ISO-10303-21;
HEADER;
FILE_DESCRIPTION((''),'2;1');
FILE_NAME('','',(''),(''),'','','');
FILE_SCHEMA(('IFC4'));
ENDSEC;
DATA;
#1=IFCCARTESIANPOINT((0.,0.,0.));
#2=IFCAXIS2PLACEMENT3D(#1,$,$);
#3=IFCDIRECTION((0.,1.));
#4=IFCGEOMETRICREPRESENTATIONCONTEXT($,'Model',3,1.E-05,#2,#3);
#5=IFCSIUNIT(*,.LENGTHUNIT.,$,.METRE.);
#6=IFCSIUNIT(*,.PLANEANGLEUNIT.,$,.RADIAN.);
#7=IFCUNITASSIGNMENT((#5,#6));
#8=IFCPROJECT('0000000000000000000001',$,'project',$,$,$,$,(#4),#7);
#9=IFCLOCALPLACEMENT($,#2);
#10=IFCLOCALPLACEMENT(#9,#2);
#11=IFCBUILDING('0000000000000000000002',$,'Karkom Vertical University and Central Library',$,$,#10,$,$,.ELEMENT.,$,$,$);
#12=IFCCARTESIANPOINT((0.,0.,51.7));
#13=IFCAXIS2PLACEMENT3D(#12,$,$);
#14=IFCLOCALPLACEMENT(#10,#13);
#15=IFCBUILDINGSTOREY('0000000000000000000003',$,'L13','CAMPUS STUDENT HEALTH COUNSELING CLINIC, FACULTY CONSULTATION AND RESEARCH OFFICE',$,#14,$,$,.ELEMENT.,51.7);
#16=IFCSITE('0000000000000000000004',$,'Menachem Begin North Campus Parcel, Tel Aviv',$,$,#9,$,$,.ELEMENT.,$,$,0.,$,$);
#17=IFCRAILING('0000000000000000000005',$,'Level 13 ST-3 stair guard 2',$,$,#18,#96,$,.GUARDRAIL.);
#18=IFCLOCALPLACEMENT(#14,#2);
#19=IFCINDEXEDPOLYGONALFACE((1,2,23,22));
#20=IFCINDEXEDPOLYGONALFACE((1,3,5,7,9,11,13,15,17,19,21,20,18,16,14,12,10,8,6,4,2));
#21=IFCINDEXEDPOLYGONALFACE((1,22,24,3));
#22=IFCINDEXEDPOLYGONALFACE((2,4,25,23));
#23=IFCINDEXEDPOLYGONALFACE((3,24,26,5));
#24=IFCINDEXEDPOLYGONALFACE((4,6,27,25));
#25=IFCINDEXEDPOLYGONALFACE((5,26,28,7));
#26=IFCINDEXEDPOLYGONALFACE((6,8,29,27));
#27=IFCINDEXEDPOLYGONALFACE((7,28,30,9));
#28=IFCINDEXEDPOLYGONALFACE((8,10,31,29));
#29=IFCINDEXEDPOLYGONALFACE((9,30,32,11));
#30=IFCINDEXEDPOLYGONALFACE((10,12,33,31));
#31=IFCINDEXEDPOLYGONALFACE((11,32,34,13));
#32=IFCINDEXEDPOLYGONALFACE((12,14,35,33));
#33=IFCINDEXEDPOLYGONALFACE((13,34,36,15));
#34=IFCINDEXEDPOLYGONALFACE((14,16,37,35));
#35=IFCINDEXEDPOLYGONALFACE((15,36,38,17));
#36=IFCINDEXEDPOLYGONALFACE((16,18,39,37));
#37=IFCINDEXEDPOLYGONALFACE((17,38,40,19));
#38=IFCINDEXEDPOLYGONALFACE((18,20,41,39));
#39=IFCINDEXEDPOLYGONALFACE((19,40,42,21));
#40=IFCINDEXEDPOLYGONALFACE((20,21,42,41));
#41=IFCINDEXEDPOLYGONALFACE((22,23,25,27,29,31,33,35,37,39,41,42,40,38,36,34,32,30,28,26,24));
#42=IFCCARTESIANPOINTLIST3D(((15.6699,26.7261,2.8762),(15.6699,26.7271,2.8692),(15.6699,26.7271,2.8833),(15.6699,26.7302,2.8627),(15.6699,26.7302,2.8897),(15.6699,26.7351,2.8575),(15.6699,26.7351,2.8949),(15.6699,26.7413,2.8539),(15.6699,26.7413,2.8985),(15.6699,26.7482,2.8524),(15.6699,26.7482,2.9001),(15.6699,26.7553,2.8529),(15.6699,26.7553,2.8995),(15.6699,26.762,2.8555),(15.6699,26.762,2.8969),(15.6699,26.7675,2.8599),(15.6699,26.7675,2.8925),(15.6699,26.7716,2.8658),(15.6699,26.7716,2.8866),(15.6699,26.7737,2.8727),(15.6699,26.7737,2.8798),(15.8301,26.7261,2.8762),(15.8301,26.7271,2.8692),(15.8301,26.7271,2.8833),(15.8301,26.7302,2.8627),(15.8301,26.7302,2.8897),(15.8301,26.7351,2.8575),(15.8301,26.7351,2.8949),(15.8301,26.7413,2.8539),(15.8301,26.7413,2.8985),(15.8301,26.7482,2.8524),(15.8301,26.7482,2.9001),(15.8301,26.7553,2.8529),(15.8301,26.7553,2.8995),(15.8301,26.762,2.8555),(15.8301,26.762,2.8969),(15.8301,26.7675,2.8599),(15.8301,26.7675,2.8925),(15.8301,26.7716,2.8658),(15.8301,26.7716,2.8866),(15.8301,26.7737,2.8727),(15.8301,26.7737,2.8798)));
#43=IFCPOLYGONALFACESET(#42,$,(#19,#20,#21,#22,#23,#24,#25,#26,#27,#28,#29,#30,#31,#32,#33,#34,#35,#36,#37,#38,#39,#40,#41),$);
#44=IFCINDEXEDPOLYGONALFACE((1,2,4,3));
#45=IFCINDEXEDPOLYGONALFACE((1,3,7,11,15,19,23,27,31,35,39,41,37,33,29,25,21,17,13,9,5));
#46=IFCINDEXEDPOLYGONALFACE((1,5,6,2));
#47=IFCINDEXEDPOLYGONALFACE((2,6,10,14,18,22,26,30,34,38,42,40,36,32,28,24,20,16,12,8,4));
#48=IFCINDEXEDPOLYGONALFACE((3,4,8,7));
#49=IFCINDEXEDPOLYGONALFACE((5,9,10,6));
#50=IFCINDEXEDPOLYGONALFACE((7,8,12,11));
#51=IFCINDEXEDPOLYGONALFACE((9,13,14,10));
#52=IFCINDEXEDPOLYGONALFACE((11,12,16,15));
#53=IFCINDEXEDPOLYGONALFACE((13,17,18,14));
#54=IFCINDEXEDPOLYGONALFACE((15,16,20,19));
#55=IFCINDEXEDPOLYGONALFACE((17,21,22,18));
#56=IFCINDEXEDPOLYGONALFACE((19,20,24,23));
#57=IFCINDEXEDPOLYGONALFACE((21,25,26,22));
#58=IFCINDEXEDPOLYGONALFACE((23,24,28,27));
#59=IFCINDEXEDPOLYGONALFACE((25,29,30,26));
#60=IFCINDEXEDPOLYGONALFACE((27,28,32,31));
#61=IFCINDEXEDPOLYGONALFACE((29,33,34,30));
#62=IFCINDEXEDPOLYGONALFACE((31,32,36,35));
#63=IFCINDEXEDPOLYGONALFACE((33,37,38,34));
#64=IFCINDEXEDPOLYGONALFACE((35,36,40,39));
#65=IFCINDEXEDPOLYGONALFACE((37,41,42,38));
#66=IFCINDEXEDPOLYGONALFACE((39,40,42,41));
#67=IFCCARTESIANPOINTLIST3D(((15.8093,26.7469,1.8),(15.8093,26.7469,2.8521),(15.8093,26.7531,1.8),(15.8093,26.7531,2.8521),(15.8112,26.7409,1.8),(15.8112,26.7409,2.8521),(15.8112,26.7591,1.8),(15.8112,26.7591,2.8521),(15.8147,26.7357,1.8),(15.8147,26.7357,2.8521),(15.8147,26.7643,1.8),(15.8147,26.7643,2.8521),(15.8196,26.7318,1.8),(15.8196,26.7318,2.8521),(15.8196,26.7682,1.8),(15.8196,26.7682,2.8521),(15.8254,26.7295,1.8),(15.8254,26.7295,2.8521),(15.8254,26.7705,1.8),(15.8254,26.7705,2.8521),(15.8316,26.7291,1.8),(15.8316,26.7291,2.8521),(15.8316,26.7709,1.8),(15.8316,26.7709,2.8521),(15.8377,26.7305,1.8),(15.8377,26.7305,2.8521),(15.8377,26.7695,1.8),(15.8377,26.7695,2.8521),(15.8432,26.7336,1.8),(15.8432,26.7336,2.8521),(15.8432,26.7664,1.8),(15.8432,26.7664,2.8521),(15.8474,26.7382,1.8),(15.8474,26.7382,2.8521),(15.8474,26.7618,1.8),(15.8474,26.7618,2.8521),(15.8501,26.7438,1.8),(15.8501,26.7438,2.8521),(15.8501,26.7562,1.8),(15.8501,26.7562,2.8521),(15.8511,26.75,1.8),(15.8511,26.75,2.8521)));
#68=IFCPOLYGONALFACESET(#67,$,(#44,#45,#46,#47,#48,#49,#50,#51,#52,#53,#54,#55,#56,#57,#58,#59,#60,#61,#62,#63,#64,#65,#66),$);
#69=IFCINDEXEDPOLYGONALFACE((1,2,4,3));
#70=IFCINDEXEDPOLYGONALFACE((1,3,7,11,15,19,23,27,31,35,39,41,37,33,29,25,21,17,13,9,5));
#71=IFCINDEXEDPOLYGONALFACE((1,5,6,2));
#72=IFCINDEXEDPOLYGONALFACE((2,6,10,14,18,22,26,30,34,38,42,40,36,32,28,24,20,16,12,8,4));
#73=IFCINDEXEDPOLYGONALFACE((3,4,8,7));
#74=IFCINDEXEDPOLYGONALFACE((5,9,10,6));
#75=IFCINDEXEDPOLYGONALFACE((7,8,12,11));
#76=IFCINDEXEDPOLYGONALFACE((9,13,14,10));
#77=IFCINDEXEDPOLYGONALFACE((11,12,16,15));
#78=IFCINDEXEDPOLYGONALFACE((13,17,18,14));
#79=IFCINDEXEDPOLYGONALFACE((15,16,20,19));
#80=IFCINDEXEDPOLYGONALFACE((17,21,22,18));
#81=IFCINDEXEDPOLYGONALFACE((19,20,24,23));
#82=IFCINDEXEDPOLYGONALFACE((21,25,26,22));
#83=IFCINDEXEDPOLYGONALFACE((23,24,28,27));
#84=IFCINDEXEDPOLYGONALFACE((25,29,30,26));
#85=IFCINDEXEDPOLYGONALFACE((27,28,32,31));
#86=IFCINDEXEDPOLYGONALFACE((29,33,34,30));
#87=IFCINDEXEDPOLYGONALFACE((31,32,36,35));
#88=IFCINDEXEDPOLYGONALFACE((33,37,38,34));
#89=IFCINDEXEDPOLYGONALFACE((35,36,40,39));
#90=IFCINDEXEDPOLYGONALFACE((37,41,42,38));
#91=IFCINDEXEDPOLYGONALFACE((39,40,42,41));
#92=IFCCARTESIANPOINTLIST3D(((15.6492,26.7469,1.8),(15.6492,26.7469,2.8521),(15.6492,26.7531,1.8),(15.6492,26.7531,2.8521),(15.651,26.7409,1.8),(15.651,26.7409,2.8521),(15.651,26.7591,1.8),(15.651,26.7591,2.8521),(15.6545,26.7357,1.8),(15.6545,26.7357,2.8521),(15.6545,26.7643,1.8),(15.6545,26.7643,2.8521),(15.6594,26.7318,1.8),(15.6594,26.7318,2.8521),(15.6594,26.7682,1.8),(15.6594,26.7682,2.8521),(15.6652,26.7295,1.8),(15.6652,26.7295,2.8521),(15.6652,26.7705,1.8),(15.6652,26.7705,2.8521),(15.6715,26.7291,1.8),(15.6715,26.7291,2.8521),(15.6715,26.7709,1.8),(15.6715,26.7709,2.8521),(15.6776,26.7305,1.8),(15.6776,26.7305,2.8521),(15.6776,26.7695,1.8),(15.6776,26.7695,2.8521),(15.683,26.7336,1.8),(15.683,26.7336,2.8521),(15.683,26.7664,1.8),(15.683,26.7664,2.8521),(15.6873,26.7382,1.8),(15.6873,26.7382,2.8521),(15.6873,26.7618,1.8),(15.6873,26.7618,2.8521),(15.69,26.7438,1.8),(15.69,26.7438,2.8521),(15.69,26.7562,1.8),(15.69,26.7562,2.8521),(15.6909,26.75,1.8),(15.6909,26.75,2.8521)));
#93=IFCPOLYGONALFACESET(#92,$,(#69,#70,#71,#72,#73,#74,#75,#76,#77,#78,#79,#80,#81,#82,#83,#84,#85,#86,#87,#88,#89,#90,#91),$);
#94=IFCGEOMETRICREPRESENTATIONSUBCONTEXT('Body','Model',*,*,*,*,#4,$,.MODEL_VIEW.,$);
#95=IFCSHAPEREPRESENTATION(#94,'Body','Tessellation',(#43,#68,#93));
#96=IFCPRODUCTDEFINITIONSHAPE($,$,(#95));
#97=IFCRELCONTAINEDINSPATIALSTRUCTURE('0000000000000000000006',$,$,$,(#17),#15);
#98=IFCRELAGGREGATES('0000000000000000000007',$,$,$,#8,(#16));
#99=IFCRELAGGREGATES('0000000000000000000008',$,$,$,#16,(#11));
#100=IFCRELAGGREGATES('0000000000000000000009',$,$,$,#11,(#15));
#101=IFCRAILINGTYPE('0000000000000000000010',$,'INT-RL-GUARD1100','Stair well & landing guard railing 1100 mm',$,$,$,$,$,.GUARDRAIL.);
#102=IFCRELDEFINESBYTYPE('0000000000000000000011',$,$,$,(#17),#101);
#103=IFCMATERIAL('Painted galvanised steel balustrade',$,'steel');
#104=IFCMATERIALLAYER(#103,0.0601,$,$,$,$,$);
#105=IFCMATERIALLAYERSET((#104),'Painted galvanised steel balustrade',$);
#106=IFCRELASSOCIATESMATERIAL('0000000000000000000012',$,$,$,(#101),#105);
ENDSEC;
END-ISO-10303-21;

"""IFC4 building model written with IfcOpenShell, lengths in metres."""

from ifc_helpers import new_model, si_unit, direction, frame, origin, origin_2d, place, context, subcontext, project, spatial, circle, extrude, material, layer, layer_set, type_object, element, save


model = new_model("IFC4")

# Units and contexts
model_context = context("Model", 3, precision=1e-05, world=origin(), true_north=direction((0.0, 1.0)))
body_context = subcontext(model_context, "Body", "Model", "MODEL_VIEW")
ifc_project = project(units=[si_unit("LENGTHUNIT", "METRE"), si_unit("PLANEANGLEUNIT", "RADIAN")], contexts=[model_context])

# Site, building, storey
site_placement = place(None, origin())
site = spatial("IfcSite", under=ifc_project, at=site_placement, Name="Menachem Begin North Campus Parcel, Tel Aviv", CompositionType="ELEMENT", RefElevation=0.0)
building_placement = place(site_placement, origin())
building = spatial("IfcBuilding", under=site, at=building_placement, Name="Karkom Vertical University and Central Library", CompositionType="ELEMENT")
storey_placement = place(building_placement, frame((0.0, 0.0, 51.7)))
storey = spatial("IfcBuildingStorey", under=building, at=storey_placement, Name="L13", Description="CAMPUS STUDENT HEALTH COUNSELING CLINIC, FACULTY CONSULTATION AND RESEARCH OFFICE", CompositionType="ELEMENT", Elevation=51.7)

# Railing
ifc_material_1 = material(Name="Painted galvanised steel balustrade", Category="steel")
ifc_layer_1 = layer(ifc_material_1, 0.0601)
ifc_layer_set_1 = layer_set([ifc_layer_1], Name="Painted galvanised steel balustrade")
railing_type_1 = type_object("IfcRailingType", Name="INT-RL-GUARD1100", Description="Stair well & landing guard railing 1100 mm", PredefinedType="GUARDRAIL", material=ifc_layer_set_1)
railing_1_placement = place(storey_placement, frame((15.8301, 26.75, 1.8)))
element("IfcRailing", 1, at=railing_1_placement, inside=storey, type_object=railing_type_1, Name="Level 13 ST-3 stair guard 2", PredefinedType="GUARDRAIL", context=body_context, shape_type="SweptSolid", body=[
    extrude(circle(Radius=0.0239, at=origin_2d()), frame((0.0, 0.0, 1.0762), z_axis=(-1.0, 0.0, 0.0), x_axis=(0.0, -1.0, 0.0)), (0.0, 0.0, 1.0), 0.1602),
    extrude(circle(Radius=0.021, at=origin_2d()), origin(), (0.0, 0.0, 1.0), 1.052),
    extrude(circle(Radius=0.021, at=origin_2d()), frame((-0.1602, 0.0, 0.0)), (0.0, 0.0, 1.0), 1.052),
])

save(model, "model.ifc")
